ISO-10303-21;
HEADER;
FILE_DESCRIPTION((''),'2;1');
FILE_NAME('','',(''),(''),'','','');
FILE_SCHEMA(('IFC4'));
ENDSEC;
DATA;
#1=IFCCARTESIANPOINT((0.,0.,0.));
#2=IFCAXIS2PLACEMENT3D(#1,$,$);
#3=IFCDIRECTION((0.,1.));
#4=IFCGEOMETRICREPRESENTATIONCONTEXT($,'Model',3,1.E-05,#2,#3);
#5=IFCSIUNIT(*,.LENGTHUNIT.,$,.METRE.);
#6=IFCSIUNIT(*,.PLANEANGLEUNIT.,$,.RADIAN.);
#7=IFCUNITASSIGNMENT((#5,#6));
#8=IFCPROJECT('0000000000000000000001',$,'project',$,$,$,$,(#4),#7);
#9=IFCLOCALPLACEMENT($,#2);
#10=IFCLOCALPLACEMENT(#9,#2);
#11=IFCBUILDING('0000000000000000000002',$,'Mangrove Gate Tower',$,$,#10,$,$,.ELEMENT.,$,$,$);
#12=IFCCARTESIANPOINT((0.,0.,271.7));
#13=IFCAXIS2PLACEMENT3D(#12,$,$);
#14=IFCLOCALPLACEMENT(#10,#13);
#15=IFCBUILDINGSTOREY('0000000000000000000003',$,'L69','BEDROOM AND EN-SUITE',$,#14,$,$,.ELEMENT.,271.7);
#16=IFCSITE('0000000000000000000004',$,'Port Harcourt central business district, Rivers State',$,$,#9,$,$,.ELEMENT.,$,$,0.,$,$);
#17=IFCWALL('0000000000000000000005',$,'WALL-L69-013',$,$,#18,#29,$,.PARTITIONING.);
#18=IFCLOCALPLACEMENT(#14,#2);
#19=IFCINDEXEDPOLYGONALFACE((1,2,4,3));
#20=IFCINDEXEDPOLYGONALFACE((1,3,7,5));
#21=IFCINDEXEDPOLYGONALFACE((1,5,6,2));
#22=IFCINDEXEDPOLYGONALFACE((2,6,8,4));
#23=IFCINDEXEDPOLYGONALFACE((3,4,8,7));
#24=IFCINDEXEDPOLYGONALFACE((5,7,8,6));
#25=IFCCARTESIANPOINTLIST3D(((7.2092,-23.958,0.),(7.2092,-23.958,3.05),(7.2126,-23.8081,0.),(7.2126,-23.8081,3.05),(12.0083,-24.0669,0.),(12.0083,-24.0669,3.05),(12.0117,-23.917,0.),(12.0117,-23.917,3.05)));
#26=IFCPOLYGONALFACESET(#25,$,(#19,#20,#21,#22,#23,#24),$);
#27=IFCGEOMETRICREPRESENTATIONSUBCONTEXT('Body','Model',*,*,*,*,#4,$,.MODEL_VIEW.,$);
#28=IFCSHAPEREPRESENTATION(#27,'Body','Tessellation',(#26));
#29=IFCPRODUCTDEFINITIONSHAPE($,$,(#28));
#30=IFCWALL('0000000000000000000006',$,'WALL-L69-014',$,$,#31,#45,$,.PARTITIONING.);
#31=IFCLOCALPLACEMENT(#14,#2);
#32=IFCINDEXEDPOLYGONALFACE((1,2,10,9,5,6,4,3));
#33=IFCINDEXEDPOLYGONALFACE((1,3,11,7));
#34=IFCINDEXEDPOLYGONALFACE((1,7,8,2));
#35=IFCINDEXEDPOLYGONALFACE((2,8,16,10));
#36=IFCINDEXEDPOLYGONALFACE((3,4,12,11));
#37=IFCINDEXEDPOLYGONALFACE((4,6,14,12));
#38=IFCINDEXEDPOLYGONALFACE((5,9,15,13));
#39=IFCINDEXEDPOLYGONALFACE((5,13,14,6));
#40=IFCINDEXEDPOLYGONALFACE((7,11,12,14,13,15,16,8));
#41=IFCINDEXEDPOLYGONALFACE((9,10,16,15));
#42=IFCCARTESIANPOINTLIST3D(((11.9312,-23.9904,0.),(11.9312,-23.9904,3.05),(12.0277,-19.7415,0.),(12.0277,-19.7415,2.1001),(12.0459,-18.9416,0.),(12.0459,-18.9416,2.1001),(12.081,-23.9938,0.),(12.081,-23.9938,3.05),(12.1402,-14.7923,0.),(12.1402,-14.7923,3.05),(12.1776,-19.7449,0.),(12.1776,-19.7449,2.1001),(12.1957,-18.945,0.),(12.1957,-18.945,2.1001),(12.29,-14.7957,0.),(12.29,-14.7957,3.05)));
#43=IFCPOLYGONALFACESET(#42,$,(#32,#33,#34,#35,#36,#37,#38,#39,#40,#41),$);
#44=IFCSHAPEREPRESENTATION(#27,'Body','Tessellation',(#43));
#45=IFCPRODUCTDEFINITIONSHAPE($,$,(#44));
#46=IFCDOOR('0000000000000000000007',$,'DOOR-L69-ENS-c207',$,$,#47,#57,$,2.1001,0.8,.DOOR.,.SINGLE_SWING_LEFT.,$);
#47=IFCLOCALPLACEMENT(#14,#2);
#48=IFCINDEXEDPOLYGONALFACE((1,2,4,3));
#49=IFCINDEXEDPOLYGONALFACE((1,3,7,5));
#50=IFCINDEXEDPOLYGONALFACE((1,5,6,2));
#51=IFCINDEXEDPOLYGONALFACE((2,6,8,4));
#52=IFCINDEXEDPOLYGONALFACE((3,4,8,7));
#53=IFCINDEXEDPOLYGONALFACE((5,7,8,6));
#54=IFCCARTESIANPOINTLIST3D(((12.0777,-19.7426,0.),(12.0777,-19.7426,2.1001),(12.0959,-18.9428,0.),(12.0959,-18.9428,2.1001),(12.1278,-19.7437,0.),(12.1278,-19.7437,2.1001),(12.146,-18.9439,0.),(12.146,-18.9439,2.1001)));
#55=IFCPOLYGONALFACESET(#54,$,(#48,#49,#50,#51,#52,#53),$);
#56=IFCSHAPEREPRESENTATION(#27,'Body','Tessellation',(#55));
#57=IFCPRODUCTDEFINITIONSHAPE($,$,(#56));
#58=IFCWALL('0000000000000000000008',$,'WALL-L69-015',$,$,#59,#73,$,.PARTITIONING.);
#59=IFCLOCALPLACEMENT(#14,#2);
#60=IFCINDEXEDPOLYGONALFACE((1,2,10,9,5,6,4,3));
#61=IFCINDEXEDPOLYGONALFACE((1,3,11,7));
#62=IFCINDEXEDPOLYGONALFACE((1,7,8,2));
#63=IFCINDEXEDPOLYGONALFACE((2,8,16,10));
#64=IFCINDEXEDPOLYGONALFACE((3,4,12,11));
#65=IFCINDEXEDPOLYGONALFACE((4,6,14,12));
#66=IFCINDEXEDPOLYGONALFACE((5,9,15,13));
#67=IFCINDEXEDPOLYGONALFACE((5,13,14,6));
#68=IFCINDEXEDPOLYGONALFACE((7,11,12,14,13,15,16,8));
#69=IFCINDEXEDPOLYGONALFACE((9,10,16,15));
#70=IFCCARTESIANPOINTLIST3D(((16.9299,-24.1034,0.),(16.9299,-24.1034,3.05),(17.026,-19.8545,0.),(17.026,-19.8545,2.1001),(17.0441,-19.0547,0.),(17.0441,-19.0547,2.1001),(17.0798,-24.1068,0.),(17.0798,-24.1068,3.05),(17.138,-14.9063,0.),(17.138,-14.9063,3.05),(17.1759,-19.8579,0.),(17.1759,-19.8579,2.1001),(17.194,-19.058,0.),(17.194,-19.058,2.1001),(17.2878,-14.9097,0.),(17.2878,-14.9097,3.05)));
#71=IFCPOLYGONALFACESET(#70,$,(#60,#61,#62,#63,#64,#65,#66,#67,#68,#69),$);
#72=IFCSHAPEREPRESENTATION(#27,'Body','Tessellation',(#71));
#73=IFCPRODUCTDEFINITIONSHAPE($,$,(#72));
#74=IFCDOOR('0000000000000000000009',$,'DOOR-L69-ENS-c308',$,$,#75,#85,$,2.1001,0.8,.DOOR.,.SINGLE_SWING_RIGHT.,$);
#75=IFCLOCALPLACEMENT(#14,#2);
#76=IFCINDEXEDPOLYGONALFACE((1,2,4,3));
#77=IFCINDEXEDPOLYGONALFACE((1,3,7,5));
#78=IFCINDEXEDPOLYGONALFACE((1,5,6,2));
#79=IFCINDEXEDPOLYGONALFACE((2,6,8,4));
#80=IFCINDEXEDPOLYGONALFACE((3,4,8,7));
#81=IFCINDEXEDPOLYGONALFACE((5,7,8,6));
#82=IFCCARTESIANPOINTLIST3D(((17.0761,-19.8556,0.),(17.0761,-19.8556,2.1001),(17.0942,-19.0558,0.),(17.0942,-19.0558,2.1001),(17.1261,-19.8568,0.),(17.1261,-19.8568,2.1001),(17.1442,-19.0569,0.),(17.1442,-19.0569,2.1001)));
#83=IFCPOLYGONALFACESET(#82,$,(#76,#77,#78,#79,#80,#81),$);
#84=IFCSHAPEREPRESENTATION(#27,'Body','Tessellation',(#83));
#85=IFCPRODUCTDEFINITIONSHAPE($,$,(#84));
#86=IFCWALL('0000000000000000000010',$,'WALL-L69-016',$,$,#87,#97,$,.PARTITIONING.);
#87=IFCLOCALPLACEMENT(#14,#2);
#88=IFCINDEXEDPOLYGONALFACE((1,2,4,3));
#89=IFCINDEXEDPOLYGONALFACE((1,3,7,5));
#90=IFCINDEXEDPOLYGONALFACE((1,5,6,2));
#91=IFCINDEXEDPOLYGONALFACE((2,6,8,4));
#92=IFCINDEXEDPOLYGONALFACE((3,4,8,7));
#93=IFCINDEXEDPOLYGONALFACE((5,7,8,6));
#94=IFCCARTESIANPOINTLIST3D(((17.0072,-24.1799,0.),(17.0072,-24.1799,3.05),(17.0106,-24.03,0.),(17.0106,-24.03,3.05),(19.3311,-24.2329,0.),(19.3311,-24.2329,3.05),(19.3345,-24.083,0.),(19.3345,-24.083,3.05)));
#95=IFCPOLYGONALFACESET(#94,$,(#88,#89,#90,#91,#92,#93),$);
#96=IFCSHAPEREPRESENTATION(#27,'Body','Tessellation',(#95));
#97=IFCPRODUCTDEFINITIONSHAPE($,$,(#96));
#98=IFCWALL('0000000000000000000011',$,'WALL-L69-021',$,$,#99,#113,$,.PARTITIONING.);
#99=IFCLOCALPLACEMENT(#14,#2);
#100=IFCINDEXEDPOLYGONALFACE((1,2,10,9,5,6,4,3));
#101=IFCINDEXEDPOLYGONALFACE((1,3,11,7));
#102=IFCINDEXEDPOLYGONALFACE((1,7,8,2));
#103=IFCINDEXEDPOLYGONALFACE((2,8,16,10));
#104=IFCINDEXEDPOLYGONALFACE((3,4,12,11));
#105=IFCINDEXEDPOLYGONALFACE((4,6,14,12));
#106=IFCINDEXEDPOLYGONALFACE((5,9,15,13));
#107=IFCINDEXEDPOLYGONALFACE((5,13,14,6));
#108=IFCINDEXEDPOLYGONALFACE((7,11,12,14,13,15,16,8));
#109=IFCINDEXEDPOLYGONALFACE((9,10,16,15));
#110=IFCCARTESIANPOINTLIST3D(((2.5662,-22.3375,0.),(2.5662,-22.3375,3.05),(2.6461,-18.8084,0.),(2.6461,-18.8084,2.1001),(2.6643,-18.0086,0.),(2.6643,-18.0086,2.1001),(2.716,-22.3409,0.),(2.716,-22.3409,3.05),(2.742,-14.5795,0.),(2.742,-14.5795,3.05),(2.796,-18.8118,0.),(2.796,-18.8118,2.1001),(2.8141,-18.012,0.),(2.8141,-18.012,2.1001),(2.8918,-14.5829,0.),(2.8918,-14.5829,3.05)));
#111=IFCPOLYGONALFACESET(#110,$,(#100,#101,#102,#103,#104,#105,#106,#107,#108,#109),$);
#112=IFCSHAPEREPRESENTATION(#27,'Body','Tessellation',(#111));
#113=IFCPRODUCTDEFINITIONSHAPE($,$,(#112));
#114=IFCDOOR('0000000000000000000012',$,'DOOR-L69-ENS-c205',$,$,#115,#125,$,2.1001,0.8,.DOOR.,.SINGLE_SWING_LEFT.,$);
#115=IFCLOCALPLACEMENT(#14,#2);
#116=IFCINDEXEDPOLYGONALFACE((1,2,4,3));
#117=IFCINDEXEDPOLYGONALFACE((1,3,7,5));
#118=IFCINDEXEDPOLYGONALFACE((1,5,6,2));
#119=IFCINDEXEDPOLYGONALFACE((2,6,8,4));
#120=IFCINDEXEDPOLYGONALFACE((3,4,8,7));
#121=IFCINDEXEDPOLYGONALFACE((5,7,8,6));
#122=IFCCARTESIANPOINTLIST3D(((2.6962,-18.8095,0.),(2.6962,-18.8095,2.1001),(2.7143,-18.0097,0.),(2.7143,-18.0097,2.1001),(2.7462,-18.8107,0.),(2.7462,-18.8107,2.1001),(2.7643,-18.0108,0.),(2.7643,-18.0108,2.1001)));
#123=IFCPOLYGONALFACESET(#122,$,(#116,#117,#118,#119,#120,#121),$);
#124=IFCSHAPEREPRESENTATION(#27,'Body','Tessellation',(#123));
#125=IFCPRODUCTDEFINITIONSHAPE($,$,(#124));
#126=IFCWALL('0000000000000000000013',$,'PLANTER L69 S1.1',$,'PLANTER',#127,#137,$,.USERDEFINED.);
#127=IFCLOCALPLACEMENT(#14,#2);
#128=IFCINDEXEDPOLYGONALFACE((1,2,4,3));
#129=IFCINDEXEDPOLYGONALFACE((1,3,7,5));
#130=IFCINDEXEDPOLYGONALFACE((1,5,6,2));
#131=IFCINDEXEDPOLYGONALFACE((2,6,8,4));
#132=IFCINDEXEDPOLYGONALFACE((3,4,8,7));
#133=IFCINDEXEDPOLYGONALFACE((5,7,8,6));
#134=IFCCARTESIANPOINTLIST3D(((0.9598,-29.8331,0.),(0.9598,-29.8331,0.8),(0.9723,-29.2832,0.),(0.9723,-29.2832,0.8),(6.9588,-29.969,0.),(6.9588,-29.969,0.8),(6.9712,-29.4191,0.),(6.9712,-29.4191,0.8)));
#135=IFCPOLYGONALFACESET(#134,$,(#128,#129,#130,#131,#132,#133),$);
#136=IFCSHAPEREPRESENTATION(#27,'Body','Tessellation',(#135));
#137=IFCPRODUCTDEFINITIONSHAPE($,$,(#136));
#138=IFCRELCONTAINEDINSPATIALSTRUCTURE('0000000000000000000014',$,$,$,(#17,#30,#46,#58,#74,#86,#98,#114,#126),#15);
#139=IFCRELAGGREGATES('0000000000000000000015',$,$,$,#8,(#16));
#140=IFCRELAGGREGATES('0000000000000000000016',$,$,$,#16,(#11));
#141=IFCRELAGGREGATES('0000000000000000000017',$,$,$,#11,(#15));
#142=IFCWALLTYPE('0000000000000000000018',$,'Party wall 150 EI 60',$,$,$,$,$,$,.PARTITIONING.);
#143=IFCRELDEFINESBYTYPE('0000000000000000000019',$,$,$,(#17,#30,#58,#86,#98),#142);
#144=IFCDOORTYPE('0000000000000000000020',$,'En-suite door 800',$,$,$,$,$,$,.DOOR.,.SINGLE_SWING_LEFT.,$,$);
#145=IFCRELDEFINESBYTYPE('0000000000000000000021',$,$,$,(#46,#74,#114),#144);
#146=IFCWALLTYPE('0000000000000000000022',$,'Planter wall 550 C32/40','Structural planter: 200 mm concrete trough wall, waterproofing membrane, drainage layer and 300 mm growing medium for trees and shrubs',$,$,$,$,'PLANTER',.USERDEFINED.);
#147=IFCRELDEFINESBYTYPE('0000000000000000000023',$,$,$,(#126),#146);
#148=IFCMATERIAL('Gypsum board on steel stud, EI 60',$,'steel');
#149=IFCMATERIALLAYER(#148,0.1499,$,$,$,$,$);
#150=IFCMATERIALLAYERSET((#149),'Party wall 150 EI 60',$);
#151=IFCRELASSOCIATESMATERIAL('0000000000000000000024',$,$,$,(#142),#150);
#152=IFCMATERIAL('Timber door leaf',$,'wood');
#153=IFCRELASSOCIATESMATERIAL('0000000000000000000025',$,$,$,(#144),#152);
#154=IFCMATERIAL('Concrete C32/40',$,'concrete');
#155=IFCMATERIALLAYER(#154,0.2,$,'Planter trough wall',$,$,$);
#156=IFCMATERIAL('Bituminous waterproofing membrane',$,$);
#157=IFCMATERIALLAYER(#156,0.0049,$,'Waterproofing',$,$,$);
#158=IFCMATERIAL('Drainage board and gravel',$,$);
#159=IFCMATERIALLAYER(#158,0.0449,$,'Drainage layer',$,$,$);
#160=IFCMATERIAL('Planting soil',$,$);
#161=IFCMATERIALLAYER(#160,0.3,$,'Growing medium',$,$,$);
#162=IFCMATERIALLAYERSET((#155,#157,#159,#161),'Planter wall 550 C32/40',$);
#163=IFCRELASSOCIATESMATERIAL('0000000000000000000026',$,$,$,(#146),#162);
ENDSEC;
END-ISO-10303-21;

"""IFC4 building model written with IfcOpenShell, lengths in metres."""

from ifc_helpers import new_model, si_unit, direction, frame, frame_2d, origin, place, context, subcontext, project, spatial, rectangle, extrude, material, layer, layer_set, type_object, element, fill, save


model = new_model("IFC4")

# Units and contexts
model_context = context("Model", 3, precision=1e-05, world=origin(), true_north=direction((0.0, 1.0)))
body_context = subcontext(model_context, "Body", "Model", "MODEL_VIEW")
ifc_project = project(units=[si_unit("LENGTHUNIT", "METRE"), si_unit("PLANEANGLEUNIT", "RADIAN")], contexts=[model_context])

# Site, building, storey
site_placement = place(None, origin())
site = spatial("IfcSite", under=ifc_project, at=site_placement, Name="Port Harcourt central business district, Rivers State", CompositionType="ELEMENT", RefElevation=0.0)
building_placement = place(site_placement, origin())
building = spatial("IfcBuilding", under=site, at=building_placement, Name="Mangrove Gate Tower", CompositionType="ELEMENT")
storey_placement = place(building_placement, frame((0.0, 0.0, 271.7)))
storey = spatial("IfcBuildingStorey", under=building, at=storey_placement, Name="L69", Description="BEDROOM AND EN-SUITE", CompositionType="ELEMENT", Elevation=271.7)

# Shared definitions
ifc_material_1 = material(Name="Gypsum board on steel stud, EI 60", Category="steel")
ifc_layer_1 = layer(ifc_material_1, 0.1499)
ifc_layer_set_1 = layer_set([ifc_layer_1], Name="Party wall 150 EI 60")
wall_type_1 = type_object("IfcWallType", Name="Party wall 150 EI 60", PredefinedType="PARTITIONING", material=ifc_layer_set_1)

# Shared definitions
ifc_material_2 = material(Name="Timber door leaf", Category="wood")
door_type_1 = type_object("IfcDoorType", Name="En-suite door 800", OperationType="SINGLE_SWING_LEFT", PredefinedType="DOOR", material=ifc_material_2)

# Wall
wall_1_placement = place(storey_placement, frame((7.2109, -23.8831, 0.0), z_axis=(0.0, 0.0, 1.0), x_axis=(0.999743, -0.022683, 0.0)))
element("IfcWall", 1, at=wall_1_placement, inside=storey, type_object=wall_type_1, Name="WALL-L69-013", PredefinedType="PARTITIONING", context=body_context, shape_type="SweptSolid", body=[
    extrude(rectangle(XDim=4.8003, YDim=0.1499, at=frame_2d((2.4001, 0.0))), origin(), (0.0, 0.0, 1.0), 3.05),
])

# Walls, openings, doors
wall_2_placement = place(storey_placement, frame((12.0061, -23.9919, 0.0), z_axis=(0.0, 0.0, 1.0), x_axis=(0.022715, 0.999742, 0.0)))
wall_2 = element("IfcWall", 2, at=wall_2_placement, inside=storey, type_object=wall_type_1, Name="WALL-L69-014", PredefinedType="PARTITIONING", context=body_context, shape_type="SweptSolid", body=[
    extrude(rectangle(XDim=9.2004, YDim=0.1499, at=frame_2d((4.6001, 0.0))), origin(), (0.0, 0.0, 1.0), 3.05),
])
opening_1_placement = place(wall_2_placement, frame((4.25, 0.0, 0.0)))
opening_1 = element("IfcOpeningElement", 3, at=opening_1_placement, cuts=wall_2, PredefinedType="OPENING", context=body_context, shape_type="SweptSolid", body=[
    extrude(rectangle(XDim=0.8, YDim=2.1001, at=frame_2d((0.3999, 1.05))), frame((0.0, 0.085, 0.0), z_axis=(0.0, -1.0, 0.0), x_axis=(1.0, 0.0, 0.0)), (0.0, 0.0, 1.0), 0.1699),
])
door_1_placement = place(opening_1_placement, origin())
door_1 = element("IfcDoor", 4, at=door_1_placement, inside=storey, type_object=door_type_1, Name="DOOR-L69-ENS-c207", OperationType="SINGLE_SWING_LEFT", OverallHeight=2.1001, OverallWidth=0.8, PredefinedType="DOOR", context=body_context, shape_type="SweptSolid", body=[
    extrude(rectangle(XDim=0.8, YDim=2.1001, at=frame_2d((0.3999, 1.05))), frame((0.0, 0.0249, 0.0), z_axis=(0.0, -1.0, 0.0), x_axis=(1.0, 0.0, 0.0)), (0.0, 0.0, 1.0), 0.05),
])
fill(opening_1, door_1)
wall_3_placement = place(storey_placement, frame((17.0049, -24.105, 0.0), z_axis=(0.0, 0.0, 1.0), x_axis=(0.022611, 0.999744, 0.0)))
wall_3 = element("IfcWall", 5, at=wall_3_placement, inside=storey, type_object=wall_type_1, Name="WALL-L69-015", PredefinedType="PARTITIONING", context=body_context, shape_type="SweptSolid", body=[
    extrude(rectangle(XDim=9.1995, YDim=0.1499, at=frame_2d((4.5996, 0.0))), origin(), (0.0, 0.0, 1.0), 3.05),
])
opening_2_placement = place(wall_3_placement, frame((4.25, 0.0, 0.0)))
opening_2 = element("IfcOpeningElement", 6, at=opening_2_placement, cuts=wall_3, PredefinedType="OPENING", context=body_context, shape_type="SweptSolid", body=[
    extrude(rectangle(XDim=0.8, YDim=2.1001, at=frame_2d((0.3999, 1.05))), frame((0.0, 0.085, 0.0), z_axis=(0.0, -1.0, 0.0), x_axis=(1.0, 0.0, 0.0)), (0.0, 0.0, 1.0), 0.1699),
])
door_2_placement = place(opening_2_placement, origin())
door_2 = element("IfcDoor", 7, at=door_2_placement, inside=storey, type_object=door_type_1, Name="DOOR-L69-ENS-c308", OperationType="SINGLE_SWING_RIGHT", OverallHeight=2.1001, OverallWidth=0.8, PredefinedType="DOOR", context=body_context, shape_type="SweptSolid", body=[
    extrude(rectangle(XDim=0.8, YDim=2.1001, at=frame_2d((0.3999, 1.05))), frame((0.0, 0.0249, 0.0), z_axis=(0.0, -1.0, 0.0), x_axis=(1.0, 0.0, 0.0)), (0.0, 0.0, 1.0), 0.05),
])
fill(opening_2, door_2)

# Wall
wall_4_placement = place(storey_placement, frame((17.009, -24.105, 0.0), z_axis=(0.0, 0.0, 1.0), x_axis=(0.99974, -0.022791, 0.0)))
element("IfcWall", 8, at=wall_4_placement, inside=storey, type_object=wall_type_1, Name="WALL-L69-016", PredefinedType="PARTITIONING", context=body_context, shape_type="SweptSolid", body=[
    extrude(rectangle(XDim=2.3245, YDim=0.1499, at=frame_2d((1.1621, 0.0))), origin(), (0.0, 0.0, 1.0), 3.05),
])

# Wall, opening, door
wall_5_placement = place(storey_placement, frame((2.6411, -22.3391, 0.0), z_axis=(0.0, 0.0, 1.0), x_axis=(0.022652, 0.999743, 0.0)))
wall_5 = element("IfcWall", 9, at=wall_5_placement, inside=storey, type_object=wall_type_1, Name="WALL-L69-021", PredefinedType="PARTITIONING", context=body_context, shape_type="SweptSolid", body=[
    extrude(rectangle(XDim=7.76, YDim=0.1499, at=frame_2d((3.8799, 0.0))), origin(), (0.0, 0.0, 1.0), 3.05),
])
opening_3_placement = place(wall_5_placement, frame((3.53, 0.0, 0.0)))
opening_3 = element("IfcOpeningElement", 10, at=opening_3_placement, cuts=wall_5, PredefinedType="OPENING", context=body_context, shape_type="SweptSolid", body=[
    extrude(rectangle(XDim=0.8, YDim=2.1001, at=frame_2d((0.3999, 1.05))), frame((0.0, 0.085, 0.0), z_axis=(0.0, -1.0, 0.0), x_axis=(1.0, 0.0, 0.0)), (0.0, 0.0, 1.0), 0.1699),
])
door_3_placement = place(opening_3_placement, origin())
door_3 = element("IfcDoor", 11, at=door_3_placement, inside=storey, type_object=door_type_1, Name="DOOR-L69-ENS-c205", OperationType="SINGLE_SWING_LEFT", OverallHeight=2.1001, OverallWidth=0.8, PredefinedType="DOOR", context=body_context, shape_type="SweptSolid", body=[
    extrude(rectangle(XDim=0.8, YDim=2.1001, at=frame_2d((0.3999, 1.05))), frame((0.0, 0.0249, 0.0), z_axis=(0.0, -1.0, 0.0), x_axis=(1.0, 0.0, 0.0)), (0.0, 0.0, 1.0), 0.05),
])
fill(opening_3, door_3)

# Wall
ifc_material_3 = material(Name="Concrete C32/40", Category="concrete")
ifc_layer_2 = layer(ifc_material_3, 0.2, Name="Planter trough wall")
ifc_material_4 = material(Name="Bituminous waterproofing membrane")
ifc_layer_3 = layer(ifc_material_4, 0.0049, Name="Waterproofing")
ifc_material_5 = material(Name="Drainage board and gravel")
ifc_layer_4 = layer(ifc_material_5, 0.0449, Name="Drainage layer")
ifc_material_6 = material(Name="Planting soil")
ifc_layer_5 = layer(ifc_material_6, 0.3, Name="Growing medium")
ifc_layer_set_2 = layer_set([ifc_layer_2, ifc_layer_3, ifc_layer_4, ifc_layer_5], Name="Planter wall 550 C32/40")
wall_type_2 = type_object("IfcWallType", Name="Planter wall 550 C32/40", Description="Structural planter: 200 mm concrete trough wall, waterproofing membrane, drainage layer and 300 mm growing medium for trees and shrubs", ElementType="PLANTER", PredefinedType="USERDEFINED", material=ifc_layer_set_2)
wall_6_placement = place(storey_placement, frame((0.9661, -29.5581, 0.0), z_axis=(0.0, 0.0, 1.0), x_axis=(0.999743, -0.022662, 0.0)))
element("IfcWall", 12, at=wall_6_placement, inside=storey, type_object=wall_type_2, Name="PLANTER L69 S1.1", ObjectType="PLANTER", PredefinedType="USERDEFINED", context=body_context, shape_type="SweptSolid", body=[
    extrude(rectangle(XDim=6.0005, YDim=0.55, at=frame_2d((3.0002, 0.0))), origin(), (0.0, 0.0, 1.0), 0.8),
])

save(model, "model.ifc")
